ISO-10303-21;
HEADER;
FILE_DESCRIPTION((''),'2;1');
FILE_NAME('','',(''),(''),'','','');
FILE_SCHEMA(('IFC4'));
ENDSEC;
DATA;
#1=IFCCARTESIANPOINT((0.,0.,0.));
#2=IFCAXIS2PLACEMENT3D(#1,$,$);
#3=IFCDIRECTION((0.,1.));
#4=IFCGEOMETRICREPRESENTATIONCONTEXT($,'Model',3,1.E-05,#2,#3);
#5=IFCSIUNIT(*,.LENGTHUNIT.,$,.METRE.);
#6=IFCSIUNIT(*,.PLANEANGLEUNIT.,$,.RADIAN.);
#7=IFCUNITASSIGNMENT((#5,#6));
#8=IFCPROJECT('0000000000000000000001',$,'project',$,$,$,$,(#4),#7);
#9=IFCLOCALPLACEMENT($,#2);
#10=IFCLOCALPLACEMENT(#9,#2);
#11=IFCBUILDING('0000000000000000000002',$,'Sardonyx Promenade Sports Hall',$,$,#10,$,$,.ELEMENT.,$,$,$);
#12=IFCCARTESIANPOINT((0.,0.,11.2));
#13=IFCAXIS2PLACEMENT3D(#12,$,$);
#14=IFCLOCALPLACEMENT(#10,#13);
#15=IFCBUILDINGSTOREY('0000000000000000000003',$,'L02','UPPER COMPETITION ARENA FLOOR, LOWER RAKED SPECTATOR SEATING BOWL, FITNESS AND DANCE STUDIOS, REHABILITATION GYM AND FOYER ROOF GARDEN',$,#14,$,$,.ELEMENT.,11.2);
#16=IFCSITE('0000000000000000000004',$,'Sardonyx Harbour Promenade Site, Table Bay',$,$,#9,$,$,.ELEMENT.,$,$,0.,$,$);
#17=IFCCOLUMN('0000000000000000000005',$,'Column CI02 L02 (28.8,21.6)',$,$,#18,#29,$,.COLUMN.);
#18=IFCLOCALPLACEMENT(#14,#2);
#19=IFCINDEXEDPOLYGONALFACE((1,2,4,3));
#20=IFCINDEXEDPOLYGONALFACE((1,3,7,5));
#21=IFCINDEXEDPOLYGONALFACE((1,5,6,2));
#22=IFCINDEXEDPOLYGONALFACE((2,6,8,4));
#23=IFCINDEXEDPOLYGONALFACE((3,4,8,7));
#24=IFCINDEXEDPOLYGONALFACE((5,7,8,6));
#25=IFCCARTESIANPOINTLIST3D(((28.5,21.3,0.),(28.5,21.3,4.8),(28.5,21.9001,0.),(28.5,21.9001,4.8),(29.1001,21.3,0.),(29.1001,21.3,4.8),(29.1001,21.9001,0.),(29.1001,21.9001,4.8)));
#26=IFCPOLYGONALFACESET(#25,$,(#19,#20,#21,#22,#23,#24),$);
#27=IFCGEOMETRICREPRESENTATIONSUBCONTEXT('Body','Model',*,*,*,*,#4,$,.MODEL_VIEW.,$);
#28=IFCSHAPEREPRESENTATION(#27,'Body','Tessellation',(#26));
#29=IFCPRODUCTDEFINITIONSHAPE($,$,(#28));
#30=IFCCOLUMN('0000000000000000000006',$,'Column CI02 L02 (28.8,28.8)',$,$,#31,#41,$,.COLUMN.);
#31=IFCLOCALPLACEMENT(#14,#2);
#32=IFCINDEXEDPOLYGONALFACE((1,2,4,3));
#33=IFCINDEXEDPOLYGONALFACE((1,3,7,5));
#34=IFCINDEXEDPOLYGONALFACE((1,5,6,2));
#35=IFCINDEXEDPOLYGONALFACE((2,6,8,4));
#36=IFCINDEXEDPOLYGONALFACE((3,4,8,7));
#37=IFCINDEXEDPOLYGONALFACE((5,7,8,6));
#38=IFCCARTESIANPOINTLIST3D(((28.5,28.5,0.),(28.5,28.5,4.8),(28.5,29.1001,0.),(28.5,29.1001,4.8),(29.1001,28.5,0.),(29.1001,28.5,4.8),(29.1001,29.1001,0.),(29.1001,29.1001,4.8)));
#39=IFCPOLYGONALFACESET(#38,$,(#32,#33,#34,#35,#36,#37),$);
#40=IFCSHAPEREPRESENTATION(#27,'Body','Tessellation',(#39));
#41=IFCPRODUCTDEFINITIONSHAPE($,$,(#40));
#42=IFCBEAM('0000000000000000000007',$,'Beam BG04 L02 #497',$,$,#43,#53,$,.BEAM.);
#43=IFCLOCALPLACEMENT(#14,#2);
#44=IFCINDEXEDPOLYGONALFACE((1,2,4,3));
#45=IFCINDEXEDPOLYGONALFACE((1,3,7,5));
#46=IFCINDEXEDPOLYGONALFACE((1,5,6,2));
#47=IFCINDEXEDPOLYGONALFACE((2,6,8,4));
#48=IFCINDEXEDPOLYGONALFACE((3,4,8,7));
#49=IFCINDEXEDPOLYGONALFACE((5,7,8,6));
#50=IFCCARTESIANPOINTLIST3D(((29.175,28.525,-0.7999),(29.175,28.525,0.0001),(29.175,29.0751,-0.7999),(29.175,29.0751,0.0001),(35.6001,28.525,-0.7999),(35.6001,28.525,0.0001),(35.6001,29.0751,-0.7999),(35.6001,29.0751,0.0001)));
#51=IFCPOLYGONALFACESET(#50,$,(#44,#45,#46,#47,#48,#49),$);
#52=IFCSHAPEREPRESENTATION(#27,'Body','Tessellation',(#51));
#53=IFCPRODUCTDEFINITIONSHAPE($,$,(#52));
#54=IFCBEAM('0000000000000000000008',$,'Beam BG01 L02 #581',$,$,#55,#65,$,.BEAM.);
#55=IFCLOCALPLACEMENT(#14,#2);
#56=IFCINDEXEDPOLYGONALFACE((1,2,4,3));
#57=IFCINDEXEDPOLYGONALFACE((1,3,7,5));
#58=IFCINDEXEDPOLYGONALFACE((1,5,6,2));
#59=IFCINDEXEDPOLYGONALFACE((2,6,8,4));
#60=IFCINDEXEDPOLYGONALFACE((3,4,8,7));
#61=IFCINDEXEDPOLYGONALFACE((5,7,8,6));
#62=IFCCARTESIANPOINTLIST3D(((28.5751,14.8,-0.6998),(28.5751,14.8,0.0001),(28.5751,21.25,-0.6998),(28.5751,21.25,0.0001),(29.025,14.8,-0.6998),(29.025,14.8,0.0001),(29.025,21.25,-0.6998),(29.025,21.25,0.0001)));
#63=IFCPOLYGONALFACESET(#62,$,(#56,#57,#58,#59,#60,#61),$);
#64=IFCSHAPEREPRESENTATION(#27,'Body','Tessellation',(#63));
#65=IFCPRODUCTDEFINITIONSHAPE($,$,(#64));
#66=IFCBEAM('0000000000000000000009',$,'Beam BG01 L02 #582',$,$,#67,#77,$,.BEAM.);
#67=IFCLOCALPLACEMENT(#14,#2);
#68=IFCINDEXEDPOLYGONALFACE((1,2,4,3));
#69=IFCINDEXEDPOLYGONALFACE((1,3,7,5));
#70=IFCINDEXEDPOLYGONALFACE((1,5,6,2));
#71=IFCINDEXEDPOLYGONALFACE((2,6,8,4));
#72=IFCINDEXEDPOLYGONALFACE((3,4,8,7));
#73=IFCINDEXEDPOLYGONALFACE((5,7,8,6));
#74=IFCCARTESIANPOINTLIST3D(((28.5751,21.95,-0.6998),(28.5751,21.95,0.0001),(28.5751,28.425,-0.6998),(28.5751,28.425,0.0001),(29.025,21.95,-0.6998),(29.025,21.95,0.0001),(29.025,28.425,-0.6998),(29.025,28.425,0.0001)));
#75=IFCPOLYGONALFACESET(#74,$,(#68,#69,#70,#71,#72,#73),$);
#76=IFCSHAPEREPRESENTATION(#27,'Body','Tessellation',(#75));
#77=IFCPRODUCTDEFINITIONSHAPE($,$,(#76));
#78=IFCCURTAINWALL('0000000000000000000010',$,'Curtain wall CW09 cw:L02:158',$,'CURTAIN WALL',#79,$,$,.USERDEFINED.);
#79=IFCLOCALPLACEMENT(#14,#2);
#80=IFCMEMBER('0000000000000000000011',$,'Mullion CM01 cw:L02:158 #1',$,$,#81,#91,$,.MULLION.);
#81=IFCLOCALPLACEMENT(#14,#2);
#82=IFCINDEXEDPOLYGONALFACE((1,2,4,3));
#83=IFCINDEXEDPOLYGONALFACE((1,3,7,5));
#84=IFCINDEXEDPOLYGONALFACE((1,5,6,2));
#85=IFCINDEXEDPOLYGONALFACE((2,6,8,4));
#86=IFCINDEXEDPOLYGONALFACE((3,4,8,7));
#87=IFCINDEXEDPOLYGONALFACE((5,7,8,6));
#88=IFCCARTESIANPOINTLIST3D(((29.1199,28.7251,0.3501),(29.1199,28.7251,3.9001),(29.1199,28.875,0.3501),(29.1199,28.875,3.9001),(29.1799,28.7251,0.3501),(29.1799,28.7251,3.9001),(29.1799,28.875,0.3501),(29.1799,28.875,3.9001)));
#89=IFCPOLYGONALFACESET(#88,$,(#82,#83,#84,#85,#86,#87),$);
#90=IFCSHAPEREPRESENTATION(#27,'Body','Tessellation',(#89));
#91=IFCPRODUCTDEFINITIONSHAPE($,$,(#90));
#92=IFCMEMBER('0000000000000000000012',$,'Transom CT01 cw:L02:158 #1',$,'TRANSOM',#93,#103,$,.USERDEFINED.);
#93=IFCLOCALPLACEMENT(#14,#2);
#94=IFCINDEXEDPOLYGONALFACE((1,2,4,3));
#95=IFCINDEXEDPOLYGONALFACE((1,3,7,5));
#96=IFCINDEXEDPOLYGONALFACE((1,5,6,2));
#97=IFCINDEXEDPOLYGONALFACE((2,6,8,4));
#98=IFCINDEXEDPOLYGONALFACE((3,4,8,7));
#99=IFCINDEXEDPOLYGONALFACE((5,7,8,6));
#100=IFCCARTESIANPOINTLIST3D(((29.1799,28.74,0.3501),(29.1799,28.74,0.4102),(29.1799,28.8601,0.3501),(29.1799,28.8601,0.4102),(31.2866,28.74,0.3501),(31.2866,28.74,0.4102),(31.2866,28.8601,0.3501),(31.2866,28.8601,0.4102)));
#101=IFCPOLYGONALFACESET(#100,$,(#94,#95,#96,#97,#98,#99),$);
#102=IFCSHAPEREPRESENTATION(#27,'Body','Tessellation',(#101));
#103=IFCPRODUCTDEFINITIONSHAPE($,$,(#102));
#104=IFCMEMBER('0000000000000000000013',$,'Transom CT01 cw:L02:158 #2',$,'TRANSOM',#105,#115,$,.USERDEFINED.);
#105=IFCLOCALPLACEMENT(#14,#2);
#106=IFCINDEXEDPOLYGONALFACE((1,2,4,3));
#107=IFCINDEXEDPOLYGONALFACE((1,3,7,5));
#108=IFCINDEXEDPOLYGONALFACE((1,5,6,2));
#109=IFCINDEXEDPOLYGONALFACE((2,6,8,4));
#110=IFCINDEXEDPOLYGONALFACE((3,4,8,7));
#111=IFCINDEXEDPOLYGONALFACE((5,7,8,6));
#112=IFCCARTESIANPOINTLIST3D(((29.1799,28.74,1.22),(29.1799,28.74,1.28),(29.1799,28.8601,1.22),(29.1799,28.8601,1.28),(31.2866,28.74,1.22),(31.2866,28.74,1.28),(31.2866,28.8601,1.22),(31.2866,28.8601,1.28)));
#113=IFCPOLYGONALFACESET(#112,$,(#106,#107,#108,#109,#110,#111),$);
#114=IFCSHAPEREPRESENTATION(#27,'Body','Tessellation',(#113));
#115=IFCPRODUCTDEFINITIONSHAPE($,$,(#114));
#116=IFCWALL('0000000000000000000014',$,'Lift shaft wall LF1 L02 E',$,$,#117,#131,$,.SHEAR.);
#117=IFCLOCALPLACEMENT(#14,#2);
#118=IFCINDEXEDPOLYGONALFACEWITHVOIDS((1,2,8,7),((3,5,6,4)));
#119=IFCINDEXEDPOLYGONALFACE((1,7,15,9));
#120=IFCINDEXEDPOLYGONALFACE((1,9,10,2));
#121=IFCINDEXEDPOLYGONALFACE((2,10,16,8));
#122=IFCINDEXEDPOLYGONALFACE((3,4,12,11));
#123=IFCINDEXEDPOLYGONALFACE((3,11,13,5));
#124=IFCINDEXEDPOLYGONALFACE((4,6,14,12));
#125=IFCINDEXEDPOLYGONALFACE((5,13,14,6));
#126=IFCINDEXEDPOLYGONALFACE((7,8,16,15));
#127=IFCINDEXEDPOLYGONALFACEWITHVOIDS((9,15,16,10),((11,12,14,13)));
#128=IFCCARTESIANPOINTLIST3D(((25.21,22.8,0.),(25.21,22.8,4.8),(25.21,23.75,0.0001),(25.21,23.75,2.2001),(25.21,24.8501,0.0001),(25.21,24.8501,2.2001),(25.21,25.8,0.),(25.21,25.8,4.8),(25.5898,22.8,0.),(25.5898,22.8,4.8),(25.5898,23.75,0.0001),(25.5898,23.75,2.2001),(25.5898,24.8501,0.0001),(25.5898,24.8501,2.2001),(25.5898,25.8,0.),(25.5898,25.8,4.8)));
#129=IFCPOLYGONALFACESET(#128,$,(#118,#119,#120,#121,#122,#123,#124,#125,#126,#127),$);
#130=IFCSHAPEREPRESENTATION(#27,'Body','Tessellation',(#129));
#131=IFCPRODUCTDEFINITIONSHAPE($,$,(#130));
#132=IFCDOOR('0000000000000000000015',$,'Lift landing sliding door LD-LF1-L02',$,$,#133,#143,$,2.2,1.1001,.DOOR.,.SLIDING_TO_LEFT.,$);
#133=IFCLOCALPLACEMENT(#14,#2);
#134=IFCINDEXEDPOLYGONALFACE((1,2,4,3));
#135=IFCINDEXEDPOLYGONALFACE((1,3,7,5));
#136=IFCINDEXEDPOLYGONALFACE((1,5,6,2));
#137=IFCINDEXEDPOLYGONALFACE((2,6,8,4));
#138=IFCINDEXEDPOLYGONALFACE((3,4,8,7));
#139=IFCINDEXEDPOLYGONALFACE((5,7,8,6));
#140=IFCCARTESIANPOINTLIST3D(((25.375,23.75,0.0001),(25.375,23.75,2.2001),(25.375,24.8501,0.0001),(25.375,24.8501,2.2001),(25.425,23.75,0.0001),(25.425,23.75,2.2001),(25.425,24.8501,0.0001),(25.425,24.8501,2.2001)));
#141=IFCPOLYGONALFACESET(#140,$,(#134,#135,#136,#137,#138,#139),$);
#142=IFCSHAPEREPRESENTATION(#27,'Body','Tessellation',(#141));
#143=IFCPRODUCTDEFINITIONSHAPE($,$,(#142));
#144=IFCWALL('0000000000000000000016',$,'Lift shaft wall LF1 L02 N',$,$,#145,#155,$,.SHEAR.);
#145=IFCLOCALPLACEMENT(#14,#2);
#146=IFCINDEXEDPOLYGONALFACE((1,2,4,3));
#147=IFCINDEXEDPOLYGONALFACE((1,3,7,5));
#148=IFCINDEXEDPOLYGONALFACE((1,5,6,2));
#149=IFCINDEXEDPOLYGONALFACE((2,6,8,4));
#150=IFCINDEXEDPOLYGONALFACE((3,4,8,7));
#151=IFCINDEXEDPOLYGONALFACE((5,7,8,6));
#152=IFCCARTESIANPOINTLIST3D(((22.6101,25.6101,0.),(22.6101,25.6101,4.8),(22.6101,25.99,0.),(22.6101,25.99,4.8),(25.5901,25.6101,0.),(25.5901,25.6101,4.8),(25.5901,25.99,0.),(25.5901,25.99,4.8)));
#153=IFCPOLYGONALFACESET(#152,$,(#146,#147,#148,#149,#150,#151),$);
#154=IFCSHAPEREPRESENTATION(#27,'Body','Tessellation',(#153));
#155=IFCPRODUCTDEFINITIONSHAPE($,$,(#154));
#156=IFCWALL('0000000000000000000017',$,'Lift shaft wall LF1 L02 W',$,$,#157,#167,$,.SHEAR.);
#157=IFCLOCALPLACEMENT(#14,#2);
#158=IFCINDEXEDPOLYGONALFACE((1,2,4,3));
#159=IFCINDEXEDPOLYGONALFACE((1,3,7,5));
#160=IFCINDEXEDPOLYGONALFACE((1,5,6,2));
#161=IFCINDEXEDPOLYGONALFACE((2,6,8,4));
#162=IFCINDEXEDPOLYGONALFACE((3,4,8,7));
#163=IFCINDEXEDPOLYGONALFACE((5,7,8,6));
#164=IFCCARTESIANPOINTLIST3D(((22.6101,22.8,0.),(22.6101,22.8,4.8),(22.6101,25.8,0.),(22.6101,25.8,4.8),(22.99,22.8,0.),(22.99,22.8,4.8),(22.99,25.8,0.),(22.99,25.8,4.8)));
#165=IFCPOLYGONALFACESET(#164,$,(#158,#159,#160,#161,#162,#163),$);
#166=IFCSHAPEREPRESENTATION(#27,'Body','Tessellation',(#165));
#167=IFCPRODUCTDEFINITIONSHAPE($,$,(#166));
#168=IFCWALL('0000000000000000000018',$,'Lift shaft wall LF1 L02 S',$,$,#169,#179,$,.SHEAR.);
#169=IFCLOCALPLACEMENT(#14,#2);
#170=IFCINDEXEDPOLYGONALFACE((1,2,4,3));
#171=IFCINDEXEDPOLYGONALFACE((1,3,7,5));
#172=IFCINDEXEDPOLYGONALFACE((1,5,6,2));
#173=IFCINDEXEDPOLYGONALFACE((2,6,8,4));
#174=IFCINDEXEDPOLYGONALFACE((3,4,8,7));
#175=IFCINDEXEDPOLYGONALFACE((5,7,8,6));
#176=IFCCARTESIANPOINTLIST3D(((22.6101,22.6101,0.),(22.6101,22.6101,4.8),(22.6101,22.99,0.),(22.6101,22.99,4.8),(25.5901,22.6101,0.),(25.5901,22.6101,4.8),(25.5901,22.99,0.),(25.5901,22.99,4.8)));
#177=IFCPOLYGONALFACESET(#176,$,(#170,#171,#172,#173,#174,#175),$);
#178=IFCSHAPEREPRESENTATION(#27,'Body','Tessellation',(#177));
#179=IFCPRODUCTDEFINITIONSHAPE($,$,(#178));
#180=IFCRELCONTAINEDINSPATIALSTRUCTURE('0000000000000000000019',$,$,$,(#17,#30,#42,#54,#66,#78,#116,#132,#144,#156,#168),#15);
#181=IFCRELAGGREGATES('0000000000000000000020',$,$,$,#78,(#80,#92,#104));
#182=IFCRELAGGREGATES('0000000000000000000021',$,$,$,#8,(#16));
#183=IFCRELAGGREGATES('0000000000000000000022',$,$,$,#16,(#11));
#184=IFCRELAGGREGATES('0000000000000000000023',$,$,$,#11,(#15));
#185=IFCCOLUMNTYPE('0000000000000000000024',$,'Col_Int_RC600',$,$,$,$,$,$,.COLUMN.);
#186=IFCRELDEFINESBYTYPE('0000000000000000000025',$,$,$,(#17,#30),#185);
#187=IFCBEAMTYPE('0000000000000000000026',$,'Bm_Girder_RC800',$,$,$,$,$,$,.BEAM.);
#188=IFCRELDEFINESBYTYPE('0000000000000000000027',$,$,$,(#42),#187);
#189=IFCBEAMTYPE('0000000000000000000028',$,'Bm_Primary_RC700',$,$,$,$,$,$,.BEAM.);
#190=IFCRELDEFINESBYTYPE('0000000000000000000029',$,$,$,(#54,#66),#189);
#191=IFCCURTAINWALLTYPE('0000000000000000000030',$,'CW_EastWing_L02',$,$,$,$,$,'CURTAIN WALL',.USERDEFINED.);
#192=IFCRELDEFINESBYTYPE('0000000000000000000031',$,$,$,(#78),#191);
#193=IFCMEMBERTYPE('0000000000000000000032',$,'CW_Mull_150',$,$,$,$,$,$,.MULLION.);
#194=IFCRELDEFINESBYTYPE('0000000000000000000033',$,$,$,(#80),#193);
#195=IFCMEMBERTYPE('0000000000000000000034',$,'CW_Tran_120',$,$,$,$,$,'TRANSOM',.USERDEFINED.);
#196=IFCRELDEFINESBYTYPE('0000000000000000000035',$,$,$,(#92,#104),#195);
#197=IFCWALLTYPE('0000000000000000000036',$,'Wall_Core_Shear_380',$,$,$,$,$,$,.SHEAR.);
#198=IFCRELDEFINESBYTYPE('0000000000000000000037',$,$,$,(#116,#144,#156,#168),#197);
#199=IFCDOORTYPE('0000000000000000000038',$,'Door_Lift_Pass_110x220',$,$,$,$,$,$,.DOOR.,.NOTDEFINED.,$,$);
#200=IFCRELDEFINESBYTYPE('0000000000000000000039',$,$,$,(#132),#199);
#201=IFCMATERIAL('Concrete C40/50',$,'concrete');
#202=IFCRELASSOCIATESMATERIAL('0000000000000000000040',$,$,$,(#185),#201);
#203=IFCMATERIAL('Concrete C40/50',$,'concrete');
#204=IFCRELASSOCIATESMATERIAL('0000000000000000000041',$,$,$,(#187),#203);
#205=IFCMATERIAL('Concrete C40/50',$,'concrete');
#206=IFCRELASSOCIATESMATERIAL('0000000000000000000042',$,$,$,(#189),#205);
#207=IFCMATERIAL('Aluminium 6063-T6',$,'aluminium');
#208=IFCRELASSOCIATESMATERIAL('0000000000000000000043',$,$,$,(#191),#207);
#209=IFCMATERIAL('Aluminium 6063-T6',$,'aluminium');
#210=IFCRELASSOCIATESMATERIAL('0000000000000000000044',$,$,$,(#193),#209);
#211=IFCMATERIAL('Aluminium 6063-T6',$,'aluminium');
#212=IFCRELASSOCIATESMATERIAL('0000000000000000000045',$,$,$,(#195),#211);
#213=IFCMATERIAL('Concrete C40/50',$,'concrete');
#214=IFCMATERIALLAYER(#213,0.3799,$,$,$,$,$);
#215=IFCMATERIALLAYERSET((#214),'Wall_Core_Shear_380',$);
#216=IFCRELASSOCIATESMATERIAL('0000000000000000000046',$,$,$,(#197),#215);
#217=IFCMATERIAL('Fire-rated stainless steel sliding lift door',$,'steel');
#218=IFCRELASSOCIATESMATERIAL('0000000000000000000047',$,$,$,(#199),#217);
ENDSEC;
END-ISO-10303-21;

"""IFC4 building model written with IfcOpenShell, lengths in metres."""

from ifc_helpers import new_model, si_unit, direction, frame, frame_2d, origin, origin_2d, place, context, subcontext, project, spatial, rectangle, extrude, material, layer, layer_set, material_profile, profile_set, type_object, element, fill, aggregate, save


model = new_model("IFC4")

# Units and contexts
model_context = context("Model", 3, precision=1e-05, world=origin(), true_north=direction((0.0, 1.0)))
body_context = subcontext(model_context, "Body", "Model", "MODEL_VIEW")
ifc_project = project(units=[si_unit("LENGTHUNIT", "METRE"), si_unit("PLANEANGLEUNIT", "RADIAN")], contexts=[model_context])

# Site, building, storey
site_placement = place(None, origin())
site = spatial("IfcSite", under=ifc_project, at=site_placement, Name="Sardonyx Harbour Promenade Site, Table Bay", CompositionType="ELEMENT", RefElevation=0.0)
building_placement = place(site_placement, origin())
building = spatial("IfcBuilding", under=site, at=building_placement, Name="Sardonyx Promenade Sports Hall", CompositionType="ELEMENT")
storey_placement = place(building_placement, frame((0.0, 0.0, 11.2)))
storey = spatial("IfcBuildingStorey", under=building, at=storey_placement, Name="L02", Description="UPPER COMPETITION ARENA FLOOR, LOWER RAKED SPECTATOR SEATING BOWL, FITNESS AND DANCE STUDIOS, REHABILITATION GYM AND FOYER ROOF GARDEN", CompositionType="ELEMENT", Elevation=11.2)

# Columns
ifc_material_1 = material(Name="Concrete C40/50", Category="concrete")
ifc_material_profile_1 = material_profile(ifc_material_1, rectangle(XDim=0.6001, YDim=0.6001, at=origin_2d()))
ifc_profile_set_1 = profile_set([ifc_material_profile_1], Name="Concrete C40/50")
column_type = type_object("IfcColumnType", Name="Col_Int_RC600", PredefinedType="COLUMN", material=ifc_profile_set_1)
for number, where, z_axis, x_axis, name in (
    (1, (28.8, 21.6001, 0.0), (0.0, 0.0, 1.0), (1.0, 0.0, 0.0), "Column CI02 L02 (28.8,21.6)"),
    (2, (28.8, 28.8, 0.0), (0.0, 0.0, 1.0), (1.0, 0.0, 0.0), "Column CI02 L02 (28.8,28.8)"),
):
    element("IfcColumn", number, at=place(storey_placement, frame(where, z_axis=z_axis, x_axis=x_axis)), inside=storey, type_object=column_type, Name=name, PredefinedType="COLUMN", context=body_context, shape_type="SweptSolid", body=[
        extrude(rectangle(XDim=0.6001, YDim=0.6001, at=origin_2d()), origin(), (0.0, 0.0, 1.0), 4.8),
    ])

# Beams
ifc_material_2 = material(Name="Concrete C40/50", Category="concrete")
ifc_material_profile_2 = material_profile(ifc_material_2, rectangle(XDim=0.55, YDim=0.8, at=origin_2d()))
ifc_profile_set_2 = profile_set([ifc_material_profile_2], Name="Concrete C40/50")
beam_type_1 = type_object("IfcBeamType", Name="Bm_Girder_RC800", PredefinedType="BEAM", material=ifc_profile_set_2)
beam_1_placement = place(storey_placement, frame((29.175, 28.8, -0.3999), z_axis=(1.0, 0.0, 0.0), x_axis=(0.0, 1.0, 0.0)))
element("IfcBeam", 3, at=beam_1_placement, inside=storey, type_object=beam_type_1, Name="Beam BG04 L02 #497", PredefinedType="BEAM", context=body_context, shape_type="SweptSolid", body=[
    extrude(rectangle(XDim=0.55, YDim=0.8, at=origin_2d()), origin(), (0.0, 0.0, 1.0), 6.425),
])
ifc_material_3 = material(Name="Concrete C40/50", Category="concrete")
ifc_material_profile_3 = material_profile(ifc_material_3, rectangle(XDim=0.45, YDim=0.7, at=origin_2d()))
ifc_profile_set_3 = profile_set([ifc_material_profile_3], Name="Concrete C40/50")
beam_type_2 = type_object("IfcBeamType", Name="Bm_Primary_RC700", PredefinedType="BEAM", material=ifc_profile_set_3)
beam_2_placement = place(storey_placement, frame((28.8, 14.8, -0.3499), z_axis=(0.0, 1.0, 0.0), x_axis=(-1.0, 0.0, 0.0)))
element("IfcBeam", 4, at=beam_2_placement, inside=storey, type_object=beam_type_2, Name="Beam BG01 L02 #581", PredefinedType="BEAM", context=body_context, shape_type="SweptSolid", body=[
    extrude(rectangle(XDim=0.45, YDim=0.7, at=origin_2d()), origin(), (0.0, 0.0, 1.0), 6.45),
])
beam_3_placement = place(storey_placement, frame((28.8, 21.95, -0.3499), z_axis=(0.0, 1.0, 0.0), x_axis=(-1.0, 0.0, 0.0)))
element("IfcBeam", 5, at=beam_3_placement, inside=storey, type_object=beam_type_2, Name="Beam BG01 L02 #582", PredefinedType="BEAM", context=body_context, shape_type="SweptSolid", body=[
    extrude(rectangle(XDim=0.45, YDim=0.7, at=origin_2d()), origin(), (0.0, 0.0, 1.0), 6.4751),
])

# Curtain wall, members
ifc_material_4 = material(Name="Aluminium 6063-T6", Category="aluminium")
curtain_wall_type = type_object("IfcCurtainWallType", Name="CW_EastWing_L02", ElementType="CURTAIN WALL", PredefinedType="USERDEFINED", material=ifc_material_4)
curtain_wall_placement = place(storey_placement, origin())
curtain_wall = element("IfcCurtainWall", 6, at=curtain_wall_placement, inside=storey, type_object=curtain_wall_type, Name="Curtain wall CW09 cw:L02:158", ObjectType="CURTAIN WALL", PredefinedType="USERDEFINED")
ifc_material_5 = material(Name="Aluminium 6063-T6", Category="aluminium")
ifc_material_profile_4 = material_profile(ifc_material_5, rectangle(XDim=0.0601, YDim=0.1499, at=origin_2d()))
ifc_profile_set_4 = profile_set([ifc_material_profile_4], Name="Aluminium 6063-T6")
member_type_1 = type_object("IfcMemberType", Name="CW_Mull_150", PredefinedType="MULLION", material=ifc_profile_set_4)
member_1_placement = place(storey_placement, frame((29.1499, 28.8, 0.3501), z_axis=(0.0, 0.0, 1.0), x_axis=(1.0, 0.0, 0.0)))
member_1 = element("IfcMember", 7, at=member_1_placement, type_object=member_type_1, Name="Mullion CM01 cw:L02:158 #1", PredefinedType="MULLION", context=body_context, shape_type="SweptSolid", body=[
    extrude(rectangle(XDim=0.0601, YDim=0.1499, at=origin_2d()), origin(), (0.0, 0.0, 1.0), 3.55),
])
ifc_material_6 = material(Name="Aluminium 6063-T6", Category="aluminium")
ifc_material_profile_5 = material_profile(ifc_material_6, rectangle(XDim=0.0601, YDim=0.1201, at=origin_2d()))
ifc_profile_set_5 = profile_set([ifc_material_profile_5], Name="Aluminium 6063-T6")
member_type_2 = type_object("IfcMemberType", Name="CW_Tran_120", ElementType="TRANSOM", PredefinedType="USERDEFINED", material=ifc_profile_set_5)
member_2_placement = place(storey_placement, frame((29.1799, 28.8, 0.3801), z_axis=(1.0, 0.0, 0.0), x_axis=(0.0, 0.0, 1.0)))
member_2 = element("IfcMember", 8, at=member_2_placement, type_object=member_type_2, Name="Transom CT01 cw:L02:158 #1", ObjectType="TRANSOM", PredefinedType="USERDEFINED", context=body_context, shape_type="SweptSolid", body=[
    extrude(rectangle(XDim=0.0601, YDim=0.1201, at=origin_2d()), origin(), (0.0, 0.0, 1.0), 2.1067),
])
member_3_placement = place(storey_placement, frame((29.1799, 28.8, 1.25), z_axis=(1.0, 0.0, 0.0), x_axis=(0.0, 0.0, 1.0)))
member_3 = element("IfcMember", 9, at=member_3_placement, type_object=member_type_2, Name="Transom CT01 cw:L02:158 #2", ObjectType="TRANSOM", PredefinedType="USERDEFINED", context=body_context, shape_type="SweptSolid", body=[
    extrude(rectangle(XDim=0.0601, YDim=0.1201, at=origin_2d()), origin(), (0.0, 0.0, 1.0), 2.1067),
])
aggregate(curtain_wall, [member_1, member_2, member_3])

# Wall, opening, door
ifc_material_7 = material(Name="Concrete C40/50", Category="concrete")
ifc_layer_1 = layer(ifc_material_7, 0.3799)
ifc_layer_set_1 = layer_set([ifc_layer_1], Name="Wall_Core_Shear_380")
wall_type_1 = type_object("IfcWallType", Name="Wall_Core_Shear_380", PredefinedType="SHEAR", material=ifc_layer_set_1)
wall_1_placement = place(storey_placement, frame((25.3999, 22.8, 0.0), z_axis=(0.0, 0.0, 1.0), x_axis=(0.0, 1.0, 0.0)))
wall_1 = element("IfcWall", 10, at=wall_1_placement, inside=storey, type_object=wall_type_1, Name="Lift shaft wall LF1 L02 E", PredefinedType="SHEAR", context=body_context, shape_type="SweptSolid", body=[
    extrude(rectangle(XDim=3.0, YDim=0.3799, at=frame_2d((1.5, 0.0))), origin(), (0.0, 0.0, 1.0), 4.8),
])
opening_1_placement = place(wall_1_placement, frame((0.95, 0.0, 0.0)))
opening_1 = element("IfcOpeningElement", 11, at=opening_1_placement, cuts=wall_1, PredefinedType="OPENING", context=body_context, shape_type="SweptSolid", body=[
    extrude(rectangle(XDim=1.1001, YDim=2.2, at=frame_2d((0.55, 1.1001))), frame((0.0, 0.2, 0.0), z_axis=(0.0, -1.0, 0.0), x_axis=(1.0, 0.0, 0.0)), (0.0, 0.0, 1.0), 0.4),
])
ifc_material_8 = material(Name="Fire-rated stainless steel sliding lift door", Category="steel")
door_type_1 = type_object("IfcDoorType", Name="Door_Lift_Pass_110x220", OperationType="NOTDEFINED", PredefinedType="DOOR", material=ifc_material_8)
door_1_placement = place(opening_1_placement, origin())
door_1 = element("IfcDoor", 12, at=door_1_placement, inside=storey, type_object=door_type_1, Name="Lift landing sliding door LD-LF1-L02", OperationType="SLIDING_TO_LEFT", OverallHeight=2.2, OverallWidth=1.1001, PredefinedType="DOOR", context=body_context, shape_type="SweptSolid", body=[
    extrude(rectangle(XDim=1.1001, YDim=2.2, at=frame_2d((0.55, 1.1001))), frame((0.0, 0.0249, 0.0), z_axis=(0.0, -1.0, 0.0), x_axis=(1.0, 0.0, 0.0)), (0.0, 0.0, 1.0), 0.05),
])
fill(opening_1, door_1)

# Walls
wall_2_placement = place(storey_placement, frame((22.6101, 25.8, 0.0), z_axis=(0.0, 0.0, 1.0), x_axis=(1.0, 0.0, 0.0)))
element("IfcWall", 13, at=wall_2_placement, inside=storey, type_object=wall_type_1, Name="Lift shaft wall LF1 L02 N", PredefinedType="SHEAR", context=body_context, shape_type="SweptSolid", body=[
    extrude(rectangle(XDim=2.98, YDim=0.3799, at=frame_2d((1.49, 0.0))), origin(), (0.0, 0.0, 1.0), 4.8),
])
wall_3_placement = place(storey_placement, frame((22.8, 25.8, 0.0), z_axis=(0.0, 0.0, 1.0), x_axis=(0.0, -1.0, 0.0)))
element("IfcWall", 14, at=wall_3_placement, inside=storey, type_object=wall_type_1, Name="Lift shaft wall LF1 L02 W", PredefinedType="SHEAR", context=body_context, shape_type="SweptSolid", body=[
    extrude(rectangle(XDim=3.0, YDim=0.3799, at=frame_2d((1.5, 0.0))), origin(), (0.0, 0.0, 1.0), 4.8),
])
wall_4_placement = place(storey_placement, frame((25.5901, 22.8, 0.0), z_axis=(0.0, 0.0, 1.0), x_axis=(-1.0, 0.0, 0.0)))
element("IfcWall", 15, at=wall_4_placement, inside=storey, type_object=wall_type_1, Name="Lift shaft wall LF1 L02 S", PredefinedType="SHEAR", context=body_context, shape_type="SweptSolid", body=[
    extrude(rectangle(XDim=2.98, YDim=0.3799, at=frame_2d((1.49, 0.0))), origin(), (0.0, 0.0, 1.0), 4.8),
])

save(model, "model.ifc")
